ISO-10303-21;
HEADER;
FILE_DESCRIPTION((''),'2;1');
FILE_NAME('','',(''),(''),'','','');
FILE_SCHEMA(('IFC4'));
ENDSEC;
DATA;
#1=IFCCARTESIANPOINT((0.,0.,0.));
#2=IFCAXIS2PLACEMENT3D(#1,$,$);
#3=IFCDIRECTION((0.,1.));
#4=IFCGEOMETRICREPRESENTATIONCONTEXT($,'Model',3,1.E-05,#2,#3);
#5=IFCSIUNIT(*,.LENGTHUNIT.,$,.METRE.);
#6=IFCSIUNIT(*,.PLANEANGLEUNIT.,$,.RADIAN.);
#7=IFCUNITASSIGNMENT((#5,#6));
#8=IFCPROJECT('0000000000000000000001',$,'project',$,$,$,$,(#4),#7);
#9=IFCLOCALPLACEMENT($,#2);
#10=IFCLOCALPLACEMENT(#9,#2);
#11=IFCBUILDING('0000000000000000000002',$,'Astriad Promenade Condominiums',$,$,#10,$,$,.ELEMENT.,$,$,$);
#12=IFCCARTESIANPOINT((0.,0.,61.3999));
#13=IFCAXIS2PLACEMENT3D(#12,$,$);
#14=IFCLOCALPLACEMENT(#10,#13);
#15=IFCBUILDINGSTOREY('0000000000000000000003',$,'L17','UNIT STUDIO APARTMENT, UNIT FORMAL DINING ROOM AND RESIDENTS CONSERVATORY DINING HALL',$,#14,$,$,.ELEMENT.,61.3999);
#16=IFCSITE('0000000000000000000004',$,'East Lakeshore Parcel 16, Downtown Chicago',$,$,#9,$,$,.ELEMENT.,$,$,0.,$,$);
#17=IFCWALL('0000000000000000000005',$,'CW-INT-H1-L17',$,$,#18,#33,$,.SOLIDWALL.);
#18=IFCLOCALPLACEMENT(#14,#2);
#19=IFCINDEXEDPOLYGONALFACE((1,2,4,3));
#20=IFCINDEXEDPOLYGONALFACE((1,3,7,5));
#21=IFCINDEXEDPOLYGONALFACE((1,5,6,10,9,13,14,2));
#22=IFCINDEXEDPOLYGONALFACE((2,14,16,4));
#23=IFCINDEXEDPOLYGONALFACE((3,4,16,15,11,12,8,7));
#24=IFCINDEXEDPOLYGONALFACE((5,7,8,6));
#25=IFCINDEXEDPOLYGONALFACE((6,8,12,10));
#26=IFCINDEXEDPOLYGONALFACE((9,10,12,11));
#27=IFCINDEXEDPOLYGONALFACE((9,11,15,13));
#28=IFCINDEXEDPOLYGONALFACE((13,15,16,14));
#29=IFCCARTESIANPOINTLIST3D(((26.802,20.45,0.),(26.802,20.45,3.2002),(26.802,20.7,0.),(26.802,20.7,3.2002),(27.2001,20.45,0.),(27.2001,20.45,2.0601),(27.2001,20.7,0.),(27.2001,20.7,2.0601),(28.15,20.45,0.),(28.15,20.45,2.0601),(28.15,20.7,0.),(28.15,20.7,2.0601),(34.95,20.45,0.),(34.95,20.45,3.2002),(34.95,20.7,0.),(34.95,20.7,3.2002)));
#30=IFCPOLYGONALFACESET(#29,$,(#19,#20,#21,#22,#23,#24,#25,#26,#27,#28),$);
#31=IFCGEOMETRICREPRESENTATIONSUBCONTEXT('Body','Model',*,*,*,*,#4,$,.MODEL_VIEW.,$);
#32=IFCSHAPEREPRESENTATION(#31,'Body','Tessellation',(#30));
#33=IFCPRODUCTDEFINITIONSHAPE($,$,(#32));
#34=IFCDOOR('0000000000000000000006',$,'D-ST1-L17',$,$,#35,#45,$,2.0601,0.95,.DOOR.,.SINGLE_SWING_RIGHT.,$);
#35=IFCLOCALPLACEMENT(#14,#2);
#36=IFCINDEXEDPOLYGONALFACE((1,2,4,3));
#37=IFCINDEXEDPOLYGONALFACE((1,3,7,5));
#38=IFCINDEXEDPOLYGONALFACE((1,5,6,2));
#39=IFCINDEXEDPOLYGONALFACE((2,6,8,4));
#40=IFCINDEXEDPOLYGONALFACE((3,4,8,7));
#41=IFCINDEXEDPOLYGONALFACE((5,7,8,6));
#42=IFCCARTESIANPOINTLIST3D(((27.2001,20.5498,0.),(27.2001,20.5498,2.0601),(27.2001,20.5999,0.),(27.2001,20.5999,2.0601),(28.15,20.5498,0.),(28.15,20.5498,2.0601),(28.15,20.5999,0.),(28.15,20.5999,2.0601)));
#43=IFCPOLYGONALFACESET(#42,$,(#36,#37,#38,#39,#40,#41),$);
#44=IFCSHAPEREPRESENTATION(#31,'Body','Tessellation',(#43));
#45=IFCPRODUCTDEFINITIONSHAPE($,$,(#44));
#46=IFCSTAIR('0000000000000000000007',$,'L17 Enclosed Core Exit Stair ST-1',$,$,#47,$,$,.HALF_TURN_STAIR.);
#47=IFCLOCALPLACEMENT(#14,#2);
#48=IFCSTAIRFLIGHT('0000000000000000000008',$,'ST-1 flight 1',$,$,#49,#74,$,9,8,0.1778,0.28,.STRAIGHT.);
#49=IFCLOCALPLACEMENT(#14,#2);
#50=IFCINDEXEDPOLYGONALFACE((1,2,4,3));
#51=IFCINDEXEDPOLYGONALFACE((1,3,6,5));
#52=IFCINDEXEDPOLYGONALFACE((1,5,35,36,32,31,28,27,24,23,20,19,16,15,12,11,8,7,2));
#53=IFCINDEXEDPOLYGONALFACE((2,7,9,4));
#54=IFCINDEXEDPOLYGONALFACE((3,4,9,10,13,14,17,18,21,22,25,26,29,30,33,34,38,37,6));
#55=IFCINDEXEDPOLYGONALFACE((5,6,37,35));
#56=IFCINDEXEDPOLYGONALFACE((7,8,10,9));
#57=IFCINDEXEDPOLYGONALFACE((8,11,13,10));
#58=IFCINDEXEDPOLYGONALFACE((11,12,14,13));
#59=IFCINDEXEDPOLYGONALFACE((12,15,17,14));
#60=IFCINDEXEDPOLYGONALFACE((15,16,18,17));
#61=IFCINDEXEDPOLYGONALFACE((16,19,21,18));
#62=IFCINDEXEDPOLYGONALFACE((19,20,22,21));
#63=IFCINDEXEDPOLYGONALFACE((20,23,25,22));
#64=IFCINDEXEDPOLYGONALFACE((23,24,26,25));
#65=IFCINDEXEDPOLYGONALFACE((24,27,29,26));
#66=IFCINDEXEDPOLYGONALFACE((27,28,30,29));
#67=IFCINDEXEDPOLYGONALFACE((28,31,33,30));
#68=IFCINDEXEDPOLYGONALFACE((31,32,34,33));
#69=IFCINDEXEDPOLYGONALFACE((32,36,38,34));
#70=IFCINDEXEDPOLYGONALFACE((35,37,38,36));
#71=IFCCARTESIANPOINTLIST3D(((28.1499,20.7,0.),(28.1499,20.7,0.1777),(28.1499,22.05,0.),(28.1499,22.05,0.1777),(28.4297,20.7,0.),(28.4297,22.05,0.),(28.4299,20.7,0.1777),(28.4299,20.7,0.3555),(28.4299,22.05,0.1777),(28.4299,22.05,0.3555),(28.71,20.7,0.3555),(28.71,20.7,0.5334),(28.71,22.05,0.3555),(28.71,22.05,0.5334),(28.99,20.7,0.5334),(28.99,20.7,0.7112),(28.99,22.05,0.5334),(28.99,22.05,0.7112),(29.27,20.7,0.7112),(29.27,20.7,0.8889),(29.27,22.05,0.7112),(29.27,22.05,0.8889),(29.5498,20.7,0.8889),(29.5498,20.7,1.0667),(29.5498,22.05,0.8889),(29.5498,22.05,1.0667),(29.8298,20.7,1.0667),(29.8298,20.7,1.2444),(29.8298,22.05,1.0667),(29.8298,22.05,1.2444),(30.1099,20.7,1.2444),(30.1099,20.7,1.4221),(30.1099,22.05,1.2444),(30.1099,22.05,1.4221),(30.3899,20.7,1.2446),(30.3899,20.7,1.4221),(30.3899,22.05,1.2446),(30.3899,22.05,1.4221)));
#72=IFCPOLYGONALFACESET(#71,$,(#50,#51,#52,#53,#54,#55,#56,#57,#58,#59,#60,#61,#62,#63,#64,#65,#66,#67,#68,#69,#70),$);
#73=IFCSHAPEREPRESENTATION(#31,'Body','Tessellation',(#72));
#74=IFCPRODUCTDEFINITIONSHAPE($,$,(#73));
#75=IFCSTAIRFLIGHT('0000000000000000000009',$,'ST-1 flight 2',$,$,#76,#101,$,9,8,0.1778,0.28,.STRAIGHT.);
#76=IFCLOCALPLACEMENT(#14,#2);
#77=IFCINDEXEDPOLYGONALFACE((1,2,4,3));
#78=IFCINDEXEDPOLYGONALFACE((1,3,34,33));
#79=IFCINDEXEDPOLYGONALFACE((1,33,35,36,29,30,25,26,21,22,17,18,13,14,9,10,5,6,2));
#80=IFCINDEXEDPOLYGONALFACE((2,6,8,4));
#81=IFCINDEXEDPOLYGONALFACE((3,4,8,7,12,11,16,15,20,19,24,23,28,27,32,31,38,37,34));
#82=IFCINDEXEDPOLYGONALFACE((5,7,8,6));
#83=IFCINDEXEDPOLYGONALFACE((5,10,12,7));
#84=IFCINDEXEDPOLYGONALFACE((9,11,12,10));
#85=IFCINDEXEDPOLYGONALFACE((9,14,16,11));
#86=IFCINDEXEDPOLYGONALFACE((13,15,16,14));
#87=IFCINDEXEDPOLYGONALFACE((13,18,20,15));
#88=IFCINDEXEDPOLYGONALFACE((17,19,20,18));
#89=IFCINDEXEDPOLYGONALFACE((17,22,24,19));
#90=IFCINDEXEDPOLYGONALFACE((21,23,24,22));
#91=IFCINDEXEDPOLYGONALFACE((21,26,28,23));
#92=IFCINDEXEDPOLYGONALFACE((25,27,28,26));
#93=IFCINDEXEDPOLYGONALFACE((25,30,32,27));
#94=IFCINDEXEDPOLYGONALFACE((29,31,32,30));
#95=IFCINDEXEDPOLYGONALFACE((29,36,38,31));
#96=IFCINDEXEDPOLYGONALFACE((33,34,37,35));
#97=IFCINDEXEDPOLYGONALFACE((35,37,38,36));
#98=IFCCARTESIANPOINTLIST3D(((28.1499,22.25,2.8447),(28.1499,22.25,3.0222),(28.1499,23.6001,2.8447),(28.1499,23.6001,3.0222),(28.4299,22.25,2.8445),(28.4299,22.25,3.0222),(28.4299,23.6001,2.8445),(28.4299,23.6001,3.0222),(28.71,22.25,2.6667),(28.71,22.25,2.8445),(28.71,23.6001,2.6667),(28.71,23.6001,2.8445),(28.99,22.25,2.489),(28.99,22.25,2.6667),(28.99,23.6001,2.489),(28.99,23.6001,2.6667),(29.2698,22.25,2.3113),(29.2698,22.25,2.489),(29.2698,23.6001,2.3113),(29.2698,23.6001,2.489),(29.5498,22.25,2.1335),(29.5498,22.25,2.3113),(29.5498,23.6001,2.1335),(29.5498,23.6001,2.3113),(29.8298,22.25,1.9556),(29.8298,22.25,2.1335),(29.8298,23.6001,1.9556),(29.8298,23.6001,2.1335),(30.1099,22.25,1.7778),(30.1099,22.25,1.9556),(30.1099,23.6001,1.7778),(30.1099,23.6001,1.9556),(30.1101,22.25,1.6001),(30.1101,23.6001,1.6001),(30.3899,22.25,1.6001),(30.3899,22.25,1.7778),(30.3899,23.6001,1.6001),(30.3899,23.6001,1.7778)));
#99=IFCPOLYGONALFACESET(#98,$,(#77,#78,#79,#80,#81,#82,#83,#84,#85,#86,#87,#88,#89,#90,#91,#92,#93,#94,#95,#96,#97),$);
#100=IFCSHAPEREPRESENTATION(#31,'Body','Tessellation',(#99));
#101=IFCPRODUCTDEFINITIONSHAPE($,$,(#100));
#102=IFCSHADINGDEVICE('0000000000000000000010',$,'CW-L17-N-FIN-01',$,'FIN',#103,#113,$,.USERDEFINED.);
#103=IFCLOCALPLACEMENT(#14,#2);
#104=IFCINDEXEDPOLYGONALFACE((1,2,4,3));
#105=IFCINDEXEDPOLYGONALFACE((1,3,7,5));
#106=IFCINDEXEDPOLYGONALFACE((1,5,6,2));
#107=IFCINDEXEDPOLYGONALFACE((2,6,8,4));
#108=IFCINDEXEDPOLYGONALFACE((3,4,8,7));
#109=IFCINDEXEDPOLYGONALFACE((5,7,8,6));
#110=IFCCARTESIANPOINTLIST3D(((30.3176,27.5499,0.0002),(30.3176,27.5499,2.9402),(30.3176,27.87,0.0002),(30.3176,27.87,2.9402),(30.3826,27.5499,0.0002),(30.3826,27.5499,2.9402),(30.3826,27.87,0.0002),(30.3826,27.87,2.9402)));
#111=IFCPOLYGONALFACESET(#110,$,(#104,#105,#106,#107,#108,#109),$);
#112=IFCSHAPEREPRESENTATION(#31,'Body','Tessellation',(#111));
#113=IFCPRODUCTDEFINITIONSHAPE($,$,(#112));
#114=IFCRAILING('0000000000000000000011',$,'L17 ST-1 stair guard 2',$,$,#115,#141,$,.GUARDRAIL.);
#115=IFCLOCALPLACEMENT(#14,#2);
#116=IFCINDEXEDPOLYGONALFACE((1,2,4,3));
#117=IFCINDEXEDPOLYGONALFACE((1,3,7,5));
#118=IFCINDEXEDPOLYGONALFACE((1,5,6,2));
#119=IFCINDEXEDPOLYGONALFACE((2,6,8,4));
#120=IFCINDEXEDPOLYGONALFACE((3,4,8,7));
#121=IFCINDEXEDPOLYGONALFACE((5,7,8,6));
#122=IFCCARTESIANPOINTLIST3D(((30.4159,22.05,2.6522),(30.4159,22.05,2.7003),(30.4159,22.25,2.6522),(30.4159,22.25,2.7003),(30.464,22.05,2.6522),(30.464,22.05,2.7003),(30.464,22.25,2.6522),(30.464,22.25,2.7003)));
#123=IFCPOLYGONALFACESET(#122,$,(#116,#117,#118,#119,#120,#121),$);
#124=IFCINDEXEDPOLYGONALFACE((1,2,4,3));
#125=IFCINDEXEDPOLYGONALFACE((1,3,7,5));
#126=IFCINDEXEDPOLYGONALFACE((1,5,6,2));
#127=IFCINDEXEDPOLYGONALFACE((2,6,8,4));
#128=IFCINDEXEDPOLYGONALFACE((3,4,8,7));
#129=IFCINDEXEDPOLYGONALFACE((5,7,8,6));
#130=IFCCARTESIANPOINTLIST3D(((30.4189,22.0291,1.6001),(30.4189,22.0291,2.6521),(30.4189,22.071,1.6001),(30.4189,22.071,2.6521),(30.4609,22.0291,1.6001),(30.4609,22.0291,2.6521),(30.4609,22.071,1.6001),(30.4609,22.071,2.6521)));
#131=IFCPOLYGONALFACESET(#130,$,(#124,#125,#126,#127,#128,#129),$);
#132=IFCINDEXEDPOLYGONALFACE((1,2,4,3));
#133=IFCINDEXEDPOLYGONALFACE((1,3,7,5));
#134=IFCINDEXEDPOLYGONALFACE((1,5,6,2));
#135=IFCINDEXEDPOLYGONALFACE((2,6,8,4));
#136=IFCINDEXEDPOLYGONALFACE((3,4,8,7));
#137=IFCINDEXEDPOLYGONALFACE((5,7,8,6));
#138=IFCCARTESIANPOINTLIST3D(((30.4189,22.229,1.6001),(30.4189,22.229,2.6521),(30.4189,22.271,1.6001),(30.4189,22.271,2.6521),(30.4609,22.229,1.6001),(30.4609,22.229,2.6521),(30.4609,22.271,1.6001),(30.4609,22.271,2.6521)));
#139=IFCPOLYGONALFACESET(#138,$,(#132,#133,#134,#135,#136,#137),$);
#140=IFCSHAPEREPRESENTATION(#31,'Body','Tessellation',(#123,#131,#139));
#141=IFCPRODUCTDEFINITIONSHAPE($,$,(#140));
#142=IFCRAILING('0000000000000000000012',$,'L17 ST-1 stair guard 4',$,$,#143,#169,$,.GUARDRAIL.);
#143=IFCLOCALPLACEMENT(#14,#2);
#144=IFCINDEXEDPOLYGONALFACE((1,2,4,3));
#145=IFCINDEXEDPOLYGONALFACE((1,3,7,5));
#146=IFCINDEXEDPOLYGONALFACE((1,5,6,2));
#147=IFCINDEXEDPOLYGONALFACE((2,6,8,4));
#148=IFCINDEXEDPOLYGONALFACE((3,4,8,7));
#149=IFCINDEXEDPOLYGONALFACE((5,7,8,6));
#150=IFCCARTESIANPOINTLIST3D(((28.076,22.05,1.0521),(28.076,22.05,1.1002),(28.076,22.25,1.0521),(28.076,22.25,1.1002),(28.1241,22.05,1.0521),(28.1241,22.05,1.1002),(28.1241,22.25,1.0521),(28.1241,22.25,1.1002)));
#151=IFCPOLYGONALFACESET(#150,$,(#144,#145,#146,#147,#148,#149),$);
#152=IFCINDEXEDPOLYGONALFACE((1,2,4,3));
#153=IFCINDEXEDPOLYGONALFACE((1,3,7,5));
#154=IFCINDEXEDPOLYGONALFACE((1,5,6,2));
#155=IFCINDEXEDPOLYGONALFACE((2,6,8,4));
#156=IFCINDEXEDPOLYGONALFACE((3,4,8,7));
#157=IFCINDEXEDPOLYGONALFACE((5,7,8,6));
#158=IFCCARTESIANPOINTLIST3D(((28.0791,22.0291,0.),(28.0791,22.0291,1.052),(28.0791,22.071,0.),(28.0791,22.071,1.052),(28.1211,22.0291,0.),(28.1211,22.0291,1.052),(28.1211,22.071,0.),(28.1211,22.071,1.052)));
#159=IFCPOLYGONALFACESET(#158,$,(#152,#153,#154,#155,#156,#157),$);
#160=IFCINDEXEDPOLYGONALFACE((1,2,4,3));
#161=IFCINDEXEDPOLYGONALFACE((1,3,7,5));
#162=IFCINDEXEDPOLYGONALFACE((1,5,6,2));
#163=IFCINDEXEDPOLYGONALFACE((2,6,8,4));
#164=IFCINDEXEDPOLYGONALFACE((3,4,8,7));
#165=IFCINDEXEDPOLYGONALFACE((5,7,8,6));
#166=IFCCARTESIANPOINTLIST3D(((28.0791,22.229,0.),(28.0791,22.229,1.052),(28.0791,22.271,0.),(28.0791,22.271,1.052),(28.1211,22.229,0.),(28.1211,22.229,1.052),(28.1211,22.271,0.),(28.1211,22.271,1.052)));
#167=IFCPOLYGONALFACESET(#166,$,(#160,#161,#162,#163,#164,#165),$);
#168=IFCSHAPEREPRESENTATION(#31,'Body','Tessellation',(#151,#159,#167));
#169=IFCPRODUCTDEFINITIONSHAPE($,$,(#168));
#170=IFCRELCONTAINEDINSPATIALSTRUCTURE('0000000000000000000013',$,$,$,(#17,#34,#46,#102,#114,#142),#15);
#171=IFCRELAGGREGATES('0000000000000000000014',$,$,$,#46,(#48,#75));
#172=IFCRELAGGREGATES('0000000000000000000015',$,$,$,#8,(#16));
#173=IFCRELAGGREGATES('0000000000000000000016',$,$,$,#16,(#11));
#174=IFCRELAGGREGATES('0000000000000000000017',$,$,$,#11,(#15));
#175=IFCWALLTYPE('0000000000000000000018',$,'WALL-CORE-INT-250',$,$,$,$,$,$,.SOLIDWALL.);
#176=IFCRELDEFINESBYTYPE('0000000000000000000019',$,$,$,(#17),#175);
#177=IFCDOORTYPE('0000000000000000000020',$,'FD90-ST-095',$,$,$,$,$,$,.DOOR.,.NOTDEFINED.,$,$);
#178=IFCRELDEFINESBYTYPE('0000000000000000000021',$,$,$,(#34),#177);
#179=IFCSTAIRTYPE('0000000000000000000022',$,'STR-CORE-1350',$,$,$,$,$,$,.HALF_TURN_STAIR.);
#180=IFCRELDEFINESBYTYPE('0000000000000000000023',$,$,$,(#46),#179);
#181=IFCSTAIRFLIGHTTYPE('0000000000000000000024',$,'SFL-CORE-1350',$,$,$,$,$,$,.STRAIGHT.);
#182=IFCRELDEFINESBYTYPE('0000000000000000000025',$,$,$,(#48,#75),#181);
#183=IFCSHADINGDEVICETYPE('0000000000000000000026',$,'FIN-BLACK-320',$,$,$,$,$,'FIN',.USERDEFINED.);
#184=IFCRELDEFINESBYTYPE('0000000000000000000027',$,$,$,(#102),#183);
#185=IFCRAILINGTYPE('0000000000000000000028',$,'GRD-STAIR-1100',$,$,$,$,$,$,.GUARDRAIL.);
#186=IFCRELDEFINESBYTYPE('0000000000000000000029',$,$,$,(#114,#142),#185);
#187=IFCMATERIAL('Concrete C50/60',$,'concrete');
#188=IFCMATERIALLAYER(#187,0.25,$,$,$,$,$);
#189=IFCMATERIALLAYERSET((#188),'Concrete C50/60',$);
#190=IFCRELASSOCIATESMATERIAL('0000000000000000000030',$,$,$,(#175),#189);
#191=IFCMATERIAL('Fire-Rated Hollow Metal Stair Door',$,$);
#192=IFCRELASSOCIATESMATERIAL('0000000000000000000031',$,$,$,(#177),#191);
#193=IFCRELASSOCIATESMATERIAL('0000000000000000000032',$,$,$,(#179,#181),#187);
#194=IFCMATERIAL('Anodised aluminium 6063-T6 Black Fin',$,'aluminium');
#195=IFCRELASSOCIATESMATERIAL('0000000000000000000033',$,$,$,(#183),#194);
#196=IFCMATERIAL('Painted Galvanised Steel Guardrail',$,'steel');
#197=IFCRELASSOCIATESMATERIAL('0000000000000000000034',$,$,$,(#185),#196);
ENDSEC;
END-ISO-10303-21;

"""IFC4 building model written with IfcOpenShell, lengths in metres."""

from ifc_helpers import new_model, si_unit, direction, frame, frame_2d, origin, origin_2d, place, context, subcontext, project, spatial, polyline, rectangle, outline, extrude, source, transform, mapped, material, layer, layer_set, type_object, type_shapes, element, fill, aggregate, save


model = new_model("IFC4")

# Units and contexts
model_context = context("Model", 3, precision=1e-05, world=origin(), true_north=direction((0.0, 1.0)))
body_context = subcontext(model_context, "Body", "Model", "MODEL_VIEW")
ifc_project = project(units=[si_unit("LENGTHUNIT", "METRE"), si_unit("PLANEANGLEUNIT", "RADIAN")], contexts=[model_context])

# Site, building, storey
site_placement = place(None, origin())
site = spatial("IfcSite", under=ifc_project, at=site_placement, Name="East Lakeshore Parcel 16, Downtown Chicago", CompositionType="ELEMENT", RefElevation=0.0)
building_placement = place(site_placement, origin())
building = spatial("IfcBuilding", under=site, at=building_placement, Name="Astriad Promenade Condominiums", CompositionType="ELEMENT")
storey_placement = place(building_placement, frame((0.0, 0.0, 61.3999)))
storey = spatial("IfcBuildingStorey", under=building, at=storey_placement, Name="L17", Description="UNIT STUDIO APARTMENT, UNIT FORMAL DINING ROOM AND RESIDENTS CONSERVATORY DINING HALL", CompositionType="ELEMENT", Elevation=61.3999)

# Wall, opening, door
ifc_material_1 = material(Name="Concrete C50/60", Category="concrete")
ifc_layer_1 = layer(ifc_material_1, 0.25)
ifc_layer_set_1 = layer_set([ifc_layer_1], Name="Concrete C50/60")
wall_type = type_object("IfcWallType", Name="WALL-CORE-INT-250", PredefinedType="SOLIDWALL", material=ifc_layer_set_1)
wall_placement = place(storey_placement, frame((26.802, 20.575, 0.0), z_axis=(0.0, 0.0, 1.0), x_axis=(1.0, 0.0, 0.0)))
wall = element("IfcWall", 1, at=wall_placement, inside=storey, type_object=wall_type, Name="CW-INT-H1-L17", PredefinedType="SOLIDWALL", context=body_context, shape_type="SweptSolid", body=[
    extrude(rectangle(XDim=8.1479, YDim=0.25, at=frame_2d((4.074, 0.0))), origin(), (0.0, 0.0, 1.0), 3.2002),
])
opening_placement = place(wall_placement, frame((0.3979, 0.0, 0.0)))
opening = element("IfcOpeningElement", 2, at=opening_placement, cuts=wall, PredefinedType="OPENING", context=body_context, shape_type="SweptSolid", body=[
    extrude(rectangle(XDim=0.95, YDim=2.0601, at=frame_2d((0.4751, 1.03))), frame((0.0, 0.135, 0.0), z_axis=(0.0, -1.0, 0.0), x_axis=(1.0, 0.0, 0.0)), (0.0, 0.0, 1.0), 0.27),
])
ifc_material_2 = material(Name="Fire-Rated Hollow Metal Stair Door")
door_type = type_object("IfcDoorType", Name="FD90-ST-095", OperationType="NOTDEFINED", PredefinedType="DOOR", material=ifc_material_2)
shared_shape_1 = source(origin(), body_context, "Body", "SweptSolid", [
    extrude(rectangle(XDim=0.95, YDim=2.0601, at=frame_2d((0.4751, 1.03))), frame((0.0, 0.0249, 0.0), z_axis=(0.0, -1.0, 0.0), x_axis=(1.0, 0.0, 0.0)), (0.0, 0.0, 1.0), 0.05),
])
type_shapes(door_type, [shared_shape_1])
door_placement = place(opening_placement, origin())
door = element("IfcDoor", 3, at=door_placement, inside=storey, type_object=door_type, Name="D-ST1-L17", OperationType="SINGLE_SWING_RIGHT", OverallHeight=2.0601, OverallWidth=0.95, PredefinedType="DOOR", context=body_context, shape_type="MappedRepresentation", body=[
    mapped(shared_shape_1, transform((0.0, 0.0, 0.0), scale=1.0)),
])
fill(opening, door)

# Stair, stair flights
stair_type = type_object("IfcStairType", Name="STR-CORE-1350", PredefinedType="HALF_TURN_STAIR", material=ifc_material_1)
stair_placement = place(storey_placement, origin())
stair = element("IfcStair", 4, at=stair_placement, inside=storey, type_object=stair_type, Name="L17 Enclosed Core Exit Stair ST-1", PredefinedType="HALF_TURN_STAIR")
stair_flight_type = type_object("IfcStairFlightType", Name="SFL-CORE-1350", PredefinedType="STRAIGHT", material=ifc_material_1)
shared_shape_2 = source(origin(), body_context, "Body", "SweptSolid", [
    extrude(outline(polyline([(0.0, 0.0), (0.0, 0.1777), (0.28, 0.1777), (0.28, 0.3555), (0.5601, 0.3555), (0.5601, 0.5334), (0.8401, 0.5334), (0.8401, 0.7112), (1.1201, 0.7112), (1.1201, 0.8889), (1.3999, 0.8889), (1.3999, 1.0667), (1.6799, 1.0667), (1.6799, 1.2444), (1.96, 1.2444), (1.96, 1.4221), (2.24, 1.4221), (2.24, 1.6001), (2.24, 1.2446), (0.2798, 0.0), (0.0, 0.0)])), frame((0.0, 0.675, 0.0), z_axis=(0.0, -1.0, 0.0), x_axis=(1.0, 0.0, 0.0)), (0.0, 0.0, 1.0), 1.3501),
])
type_shapes(stair_flight_type, [shared_shape_2])
stair_flight_1_placement = place(storey_placement, frame((28.1499, 21.375, 0.0), z_axis=(0.0, 0.0, 1.0), x_axis=(1.0, 0.0, 0.0)))
stair_flight_1 = element("IfcStairFlight", 5, at=stair_flight_1_placement, type_object=stair_flight_type, Name="ST-1 flight 1", NumberOfRisers=9, NumberOfTreads=8, PredefinedType="STRAIGHT", RiserHeight=0.1778, TreadLength=0.28, context=body_context, shape_type="MappedRepresentation", body=[
    mapped(shared_shape_2, transform((0.0, 0.0, 0.0), scale=1.0)),
])
stair_flight_2_placement = place(storey_placement, frame((30.3899, 22.925, 1.6001), z_axis=(0.0, 0.0, 1.0), x_axis=(-1.0, 0.0, 0.0)))
stair_flight_2 = element("IfcStairFlight", 6, at=stair_flight_2_placement, type_object=stair_flight_type, Name="ST-1 flight 2", NumberOfRisers=9, NumberOfTreads=8, PredefinedType="STRAIGHT", RiserHeight=0.1778, TreadLength=0.28, context=body_context, shape_type="MappedRepresentation", body=[
    mapped(shared_shape_2, transform((0.0, 0.0, 0.0), scale=1.0)),
])
aggregate(stair, [stair_flight_1, stair_flight_2])

# Shading device
ifc_material_3 = material(Name="Anodised aluminium 6063-T6 Black Fin", Category="aluminium")
shading_device_type = type_object("IfcShadingDeviceType", Name="FIN-BLACK-320", ElementType="FIN", PredefinedType="USERDEFINED", material=ifc_material_3)
shared_shape_3 = source(origin(), body_context, "Body", "SweptSolid", [
    extrude(rectangle(XDim=0.0649, YDim=0.3201, at=origin_2d()), origin(), (0.0, 0.0, 1.0), 2.9399),
])
type_shapes(shading_device_type, [shared_shape_3])
shading_device_placement = place(storey_placement, frame((30.3501, 27.71, 0.0002), z_axis=(0.0, 0.0, 1.0), x_axis=(1.0, 0.0, 0.0)))
element("IfcShadingDevice", 7, at=shading_device_placement, inside=storey, type_object=shading_device_type, Name="CW-L17-N-FIN-01", ObjectType="FIN", PredefinedType="USERDEFINED", context=body_context, shape_type="MappedRepresentation", body=[
    mapped(shared_shape_3, transform((0.0, 0.0, 0.0), scale=1.0)),
])

# Railings
ifc_material_4 = material(Name="Painted Galvanised Steel Guardrail", Category="steel")
railing_type_1 = type_object("IfcRailingType", Name="GRD-STAIR-1100", PredefinedType="GUARDRAIL", material=ifc_material_4)
shared_shape_4 = source(origin(), body_context, "Body", "SweptSolid", [
    extrude(rectangle(XDim=0.0481, YDim=0.0481, at=origin_2d()), frame((0.0, 0.0, 1.0762), z_axis=(0.0, 1.0, 0.0), x_axis=(-1.0, 0.0, 0.0)), (0.0, 0.0, 1.0), 0.2),
    extrude(rectangle(XDim=0.042, YDim=0.042, at=origin_2d()), origin(), (0.0, 0.0, 1.0), 1.052),
    extrude(rectangle(XDim=0.042, YDim=0.042, at=origin_2d()), frame((0.0, 0.2, 0.0)), (0.0, 0.0, 1.0), 1.052),
])
for number, where, name in (
    (8, (30.4399, 22.05, 1.6001), "L17 ST-1 stair guard 2"),
    (9, (28.1001, 22.05, 0.0), "L17 ST-1 stair guard 4"),
):
    element("IfcRailing", number, at=place(storey_placement, frame(where)), inside=storey, type_object=railing_type_1, Name=name, PredefinedType="GUARDRAIL", context=body_context, shape_type="MappedRepresentation", body=[
        mapped(shared_shape_4, transform((0.0, 0.0, 0.0), scale=1.0)),
    ])

save(model, "model.ifc")
